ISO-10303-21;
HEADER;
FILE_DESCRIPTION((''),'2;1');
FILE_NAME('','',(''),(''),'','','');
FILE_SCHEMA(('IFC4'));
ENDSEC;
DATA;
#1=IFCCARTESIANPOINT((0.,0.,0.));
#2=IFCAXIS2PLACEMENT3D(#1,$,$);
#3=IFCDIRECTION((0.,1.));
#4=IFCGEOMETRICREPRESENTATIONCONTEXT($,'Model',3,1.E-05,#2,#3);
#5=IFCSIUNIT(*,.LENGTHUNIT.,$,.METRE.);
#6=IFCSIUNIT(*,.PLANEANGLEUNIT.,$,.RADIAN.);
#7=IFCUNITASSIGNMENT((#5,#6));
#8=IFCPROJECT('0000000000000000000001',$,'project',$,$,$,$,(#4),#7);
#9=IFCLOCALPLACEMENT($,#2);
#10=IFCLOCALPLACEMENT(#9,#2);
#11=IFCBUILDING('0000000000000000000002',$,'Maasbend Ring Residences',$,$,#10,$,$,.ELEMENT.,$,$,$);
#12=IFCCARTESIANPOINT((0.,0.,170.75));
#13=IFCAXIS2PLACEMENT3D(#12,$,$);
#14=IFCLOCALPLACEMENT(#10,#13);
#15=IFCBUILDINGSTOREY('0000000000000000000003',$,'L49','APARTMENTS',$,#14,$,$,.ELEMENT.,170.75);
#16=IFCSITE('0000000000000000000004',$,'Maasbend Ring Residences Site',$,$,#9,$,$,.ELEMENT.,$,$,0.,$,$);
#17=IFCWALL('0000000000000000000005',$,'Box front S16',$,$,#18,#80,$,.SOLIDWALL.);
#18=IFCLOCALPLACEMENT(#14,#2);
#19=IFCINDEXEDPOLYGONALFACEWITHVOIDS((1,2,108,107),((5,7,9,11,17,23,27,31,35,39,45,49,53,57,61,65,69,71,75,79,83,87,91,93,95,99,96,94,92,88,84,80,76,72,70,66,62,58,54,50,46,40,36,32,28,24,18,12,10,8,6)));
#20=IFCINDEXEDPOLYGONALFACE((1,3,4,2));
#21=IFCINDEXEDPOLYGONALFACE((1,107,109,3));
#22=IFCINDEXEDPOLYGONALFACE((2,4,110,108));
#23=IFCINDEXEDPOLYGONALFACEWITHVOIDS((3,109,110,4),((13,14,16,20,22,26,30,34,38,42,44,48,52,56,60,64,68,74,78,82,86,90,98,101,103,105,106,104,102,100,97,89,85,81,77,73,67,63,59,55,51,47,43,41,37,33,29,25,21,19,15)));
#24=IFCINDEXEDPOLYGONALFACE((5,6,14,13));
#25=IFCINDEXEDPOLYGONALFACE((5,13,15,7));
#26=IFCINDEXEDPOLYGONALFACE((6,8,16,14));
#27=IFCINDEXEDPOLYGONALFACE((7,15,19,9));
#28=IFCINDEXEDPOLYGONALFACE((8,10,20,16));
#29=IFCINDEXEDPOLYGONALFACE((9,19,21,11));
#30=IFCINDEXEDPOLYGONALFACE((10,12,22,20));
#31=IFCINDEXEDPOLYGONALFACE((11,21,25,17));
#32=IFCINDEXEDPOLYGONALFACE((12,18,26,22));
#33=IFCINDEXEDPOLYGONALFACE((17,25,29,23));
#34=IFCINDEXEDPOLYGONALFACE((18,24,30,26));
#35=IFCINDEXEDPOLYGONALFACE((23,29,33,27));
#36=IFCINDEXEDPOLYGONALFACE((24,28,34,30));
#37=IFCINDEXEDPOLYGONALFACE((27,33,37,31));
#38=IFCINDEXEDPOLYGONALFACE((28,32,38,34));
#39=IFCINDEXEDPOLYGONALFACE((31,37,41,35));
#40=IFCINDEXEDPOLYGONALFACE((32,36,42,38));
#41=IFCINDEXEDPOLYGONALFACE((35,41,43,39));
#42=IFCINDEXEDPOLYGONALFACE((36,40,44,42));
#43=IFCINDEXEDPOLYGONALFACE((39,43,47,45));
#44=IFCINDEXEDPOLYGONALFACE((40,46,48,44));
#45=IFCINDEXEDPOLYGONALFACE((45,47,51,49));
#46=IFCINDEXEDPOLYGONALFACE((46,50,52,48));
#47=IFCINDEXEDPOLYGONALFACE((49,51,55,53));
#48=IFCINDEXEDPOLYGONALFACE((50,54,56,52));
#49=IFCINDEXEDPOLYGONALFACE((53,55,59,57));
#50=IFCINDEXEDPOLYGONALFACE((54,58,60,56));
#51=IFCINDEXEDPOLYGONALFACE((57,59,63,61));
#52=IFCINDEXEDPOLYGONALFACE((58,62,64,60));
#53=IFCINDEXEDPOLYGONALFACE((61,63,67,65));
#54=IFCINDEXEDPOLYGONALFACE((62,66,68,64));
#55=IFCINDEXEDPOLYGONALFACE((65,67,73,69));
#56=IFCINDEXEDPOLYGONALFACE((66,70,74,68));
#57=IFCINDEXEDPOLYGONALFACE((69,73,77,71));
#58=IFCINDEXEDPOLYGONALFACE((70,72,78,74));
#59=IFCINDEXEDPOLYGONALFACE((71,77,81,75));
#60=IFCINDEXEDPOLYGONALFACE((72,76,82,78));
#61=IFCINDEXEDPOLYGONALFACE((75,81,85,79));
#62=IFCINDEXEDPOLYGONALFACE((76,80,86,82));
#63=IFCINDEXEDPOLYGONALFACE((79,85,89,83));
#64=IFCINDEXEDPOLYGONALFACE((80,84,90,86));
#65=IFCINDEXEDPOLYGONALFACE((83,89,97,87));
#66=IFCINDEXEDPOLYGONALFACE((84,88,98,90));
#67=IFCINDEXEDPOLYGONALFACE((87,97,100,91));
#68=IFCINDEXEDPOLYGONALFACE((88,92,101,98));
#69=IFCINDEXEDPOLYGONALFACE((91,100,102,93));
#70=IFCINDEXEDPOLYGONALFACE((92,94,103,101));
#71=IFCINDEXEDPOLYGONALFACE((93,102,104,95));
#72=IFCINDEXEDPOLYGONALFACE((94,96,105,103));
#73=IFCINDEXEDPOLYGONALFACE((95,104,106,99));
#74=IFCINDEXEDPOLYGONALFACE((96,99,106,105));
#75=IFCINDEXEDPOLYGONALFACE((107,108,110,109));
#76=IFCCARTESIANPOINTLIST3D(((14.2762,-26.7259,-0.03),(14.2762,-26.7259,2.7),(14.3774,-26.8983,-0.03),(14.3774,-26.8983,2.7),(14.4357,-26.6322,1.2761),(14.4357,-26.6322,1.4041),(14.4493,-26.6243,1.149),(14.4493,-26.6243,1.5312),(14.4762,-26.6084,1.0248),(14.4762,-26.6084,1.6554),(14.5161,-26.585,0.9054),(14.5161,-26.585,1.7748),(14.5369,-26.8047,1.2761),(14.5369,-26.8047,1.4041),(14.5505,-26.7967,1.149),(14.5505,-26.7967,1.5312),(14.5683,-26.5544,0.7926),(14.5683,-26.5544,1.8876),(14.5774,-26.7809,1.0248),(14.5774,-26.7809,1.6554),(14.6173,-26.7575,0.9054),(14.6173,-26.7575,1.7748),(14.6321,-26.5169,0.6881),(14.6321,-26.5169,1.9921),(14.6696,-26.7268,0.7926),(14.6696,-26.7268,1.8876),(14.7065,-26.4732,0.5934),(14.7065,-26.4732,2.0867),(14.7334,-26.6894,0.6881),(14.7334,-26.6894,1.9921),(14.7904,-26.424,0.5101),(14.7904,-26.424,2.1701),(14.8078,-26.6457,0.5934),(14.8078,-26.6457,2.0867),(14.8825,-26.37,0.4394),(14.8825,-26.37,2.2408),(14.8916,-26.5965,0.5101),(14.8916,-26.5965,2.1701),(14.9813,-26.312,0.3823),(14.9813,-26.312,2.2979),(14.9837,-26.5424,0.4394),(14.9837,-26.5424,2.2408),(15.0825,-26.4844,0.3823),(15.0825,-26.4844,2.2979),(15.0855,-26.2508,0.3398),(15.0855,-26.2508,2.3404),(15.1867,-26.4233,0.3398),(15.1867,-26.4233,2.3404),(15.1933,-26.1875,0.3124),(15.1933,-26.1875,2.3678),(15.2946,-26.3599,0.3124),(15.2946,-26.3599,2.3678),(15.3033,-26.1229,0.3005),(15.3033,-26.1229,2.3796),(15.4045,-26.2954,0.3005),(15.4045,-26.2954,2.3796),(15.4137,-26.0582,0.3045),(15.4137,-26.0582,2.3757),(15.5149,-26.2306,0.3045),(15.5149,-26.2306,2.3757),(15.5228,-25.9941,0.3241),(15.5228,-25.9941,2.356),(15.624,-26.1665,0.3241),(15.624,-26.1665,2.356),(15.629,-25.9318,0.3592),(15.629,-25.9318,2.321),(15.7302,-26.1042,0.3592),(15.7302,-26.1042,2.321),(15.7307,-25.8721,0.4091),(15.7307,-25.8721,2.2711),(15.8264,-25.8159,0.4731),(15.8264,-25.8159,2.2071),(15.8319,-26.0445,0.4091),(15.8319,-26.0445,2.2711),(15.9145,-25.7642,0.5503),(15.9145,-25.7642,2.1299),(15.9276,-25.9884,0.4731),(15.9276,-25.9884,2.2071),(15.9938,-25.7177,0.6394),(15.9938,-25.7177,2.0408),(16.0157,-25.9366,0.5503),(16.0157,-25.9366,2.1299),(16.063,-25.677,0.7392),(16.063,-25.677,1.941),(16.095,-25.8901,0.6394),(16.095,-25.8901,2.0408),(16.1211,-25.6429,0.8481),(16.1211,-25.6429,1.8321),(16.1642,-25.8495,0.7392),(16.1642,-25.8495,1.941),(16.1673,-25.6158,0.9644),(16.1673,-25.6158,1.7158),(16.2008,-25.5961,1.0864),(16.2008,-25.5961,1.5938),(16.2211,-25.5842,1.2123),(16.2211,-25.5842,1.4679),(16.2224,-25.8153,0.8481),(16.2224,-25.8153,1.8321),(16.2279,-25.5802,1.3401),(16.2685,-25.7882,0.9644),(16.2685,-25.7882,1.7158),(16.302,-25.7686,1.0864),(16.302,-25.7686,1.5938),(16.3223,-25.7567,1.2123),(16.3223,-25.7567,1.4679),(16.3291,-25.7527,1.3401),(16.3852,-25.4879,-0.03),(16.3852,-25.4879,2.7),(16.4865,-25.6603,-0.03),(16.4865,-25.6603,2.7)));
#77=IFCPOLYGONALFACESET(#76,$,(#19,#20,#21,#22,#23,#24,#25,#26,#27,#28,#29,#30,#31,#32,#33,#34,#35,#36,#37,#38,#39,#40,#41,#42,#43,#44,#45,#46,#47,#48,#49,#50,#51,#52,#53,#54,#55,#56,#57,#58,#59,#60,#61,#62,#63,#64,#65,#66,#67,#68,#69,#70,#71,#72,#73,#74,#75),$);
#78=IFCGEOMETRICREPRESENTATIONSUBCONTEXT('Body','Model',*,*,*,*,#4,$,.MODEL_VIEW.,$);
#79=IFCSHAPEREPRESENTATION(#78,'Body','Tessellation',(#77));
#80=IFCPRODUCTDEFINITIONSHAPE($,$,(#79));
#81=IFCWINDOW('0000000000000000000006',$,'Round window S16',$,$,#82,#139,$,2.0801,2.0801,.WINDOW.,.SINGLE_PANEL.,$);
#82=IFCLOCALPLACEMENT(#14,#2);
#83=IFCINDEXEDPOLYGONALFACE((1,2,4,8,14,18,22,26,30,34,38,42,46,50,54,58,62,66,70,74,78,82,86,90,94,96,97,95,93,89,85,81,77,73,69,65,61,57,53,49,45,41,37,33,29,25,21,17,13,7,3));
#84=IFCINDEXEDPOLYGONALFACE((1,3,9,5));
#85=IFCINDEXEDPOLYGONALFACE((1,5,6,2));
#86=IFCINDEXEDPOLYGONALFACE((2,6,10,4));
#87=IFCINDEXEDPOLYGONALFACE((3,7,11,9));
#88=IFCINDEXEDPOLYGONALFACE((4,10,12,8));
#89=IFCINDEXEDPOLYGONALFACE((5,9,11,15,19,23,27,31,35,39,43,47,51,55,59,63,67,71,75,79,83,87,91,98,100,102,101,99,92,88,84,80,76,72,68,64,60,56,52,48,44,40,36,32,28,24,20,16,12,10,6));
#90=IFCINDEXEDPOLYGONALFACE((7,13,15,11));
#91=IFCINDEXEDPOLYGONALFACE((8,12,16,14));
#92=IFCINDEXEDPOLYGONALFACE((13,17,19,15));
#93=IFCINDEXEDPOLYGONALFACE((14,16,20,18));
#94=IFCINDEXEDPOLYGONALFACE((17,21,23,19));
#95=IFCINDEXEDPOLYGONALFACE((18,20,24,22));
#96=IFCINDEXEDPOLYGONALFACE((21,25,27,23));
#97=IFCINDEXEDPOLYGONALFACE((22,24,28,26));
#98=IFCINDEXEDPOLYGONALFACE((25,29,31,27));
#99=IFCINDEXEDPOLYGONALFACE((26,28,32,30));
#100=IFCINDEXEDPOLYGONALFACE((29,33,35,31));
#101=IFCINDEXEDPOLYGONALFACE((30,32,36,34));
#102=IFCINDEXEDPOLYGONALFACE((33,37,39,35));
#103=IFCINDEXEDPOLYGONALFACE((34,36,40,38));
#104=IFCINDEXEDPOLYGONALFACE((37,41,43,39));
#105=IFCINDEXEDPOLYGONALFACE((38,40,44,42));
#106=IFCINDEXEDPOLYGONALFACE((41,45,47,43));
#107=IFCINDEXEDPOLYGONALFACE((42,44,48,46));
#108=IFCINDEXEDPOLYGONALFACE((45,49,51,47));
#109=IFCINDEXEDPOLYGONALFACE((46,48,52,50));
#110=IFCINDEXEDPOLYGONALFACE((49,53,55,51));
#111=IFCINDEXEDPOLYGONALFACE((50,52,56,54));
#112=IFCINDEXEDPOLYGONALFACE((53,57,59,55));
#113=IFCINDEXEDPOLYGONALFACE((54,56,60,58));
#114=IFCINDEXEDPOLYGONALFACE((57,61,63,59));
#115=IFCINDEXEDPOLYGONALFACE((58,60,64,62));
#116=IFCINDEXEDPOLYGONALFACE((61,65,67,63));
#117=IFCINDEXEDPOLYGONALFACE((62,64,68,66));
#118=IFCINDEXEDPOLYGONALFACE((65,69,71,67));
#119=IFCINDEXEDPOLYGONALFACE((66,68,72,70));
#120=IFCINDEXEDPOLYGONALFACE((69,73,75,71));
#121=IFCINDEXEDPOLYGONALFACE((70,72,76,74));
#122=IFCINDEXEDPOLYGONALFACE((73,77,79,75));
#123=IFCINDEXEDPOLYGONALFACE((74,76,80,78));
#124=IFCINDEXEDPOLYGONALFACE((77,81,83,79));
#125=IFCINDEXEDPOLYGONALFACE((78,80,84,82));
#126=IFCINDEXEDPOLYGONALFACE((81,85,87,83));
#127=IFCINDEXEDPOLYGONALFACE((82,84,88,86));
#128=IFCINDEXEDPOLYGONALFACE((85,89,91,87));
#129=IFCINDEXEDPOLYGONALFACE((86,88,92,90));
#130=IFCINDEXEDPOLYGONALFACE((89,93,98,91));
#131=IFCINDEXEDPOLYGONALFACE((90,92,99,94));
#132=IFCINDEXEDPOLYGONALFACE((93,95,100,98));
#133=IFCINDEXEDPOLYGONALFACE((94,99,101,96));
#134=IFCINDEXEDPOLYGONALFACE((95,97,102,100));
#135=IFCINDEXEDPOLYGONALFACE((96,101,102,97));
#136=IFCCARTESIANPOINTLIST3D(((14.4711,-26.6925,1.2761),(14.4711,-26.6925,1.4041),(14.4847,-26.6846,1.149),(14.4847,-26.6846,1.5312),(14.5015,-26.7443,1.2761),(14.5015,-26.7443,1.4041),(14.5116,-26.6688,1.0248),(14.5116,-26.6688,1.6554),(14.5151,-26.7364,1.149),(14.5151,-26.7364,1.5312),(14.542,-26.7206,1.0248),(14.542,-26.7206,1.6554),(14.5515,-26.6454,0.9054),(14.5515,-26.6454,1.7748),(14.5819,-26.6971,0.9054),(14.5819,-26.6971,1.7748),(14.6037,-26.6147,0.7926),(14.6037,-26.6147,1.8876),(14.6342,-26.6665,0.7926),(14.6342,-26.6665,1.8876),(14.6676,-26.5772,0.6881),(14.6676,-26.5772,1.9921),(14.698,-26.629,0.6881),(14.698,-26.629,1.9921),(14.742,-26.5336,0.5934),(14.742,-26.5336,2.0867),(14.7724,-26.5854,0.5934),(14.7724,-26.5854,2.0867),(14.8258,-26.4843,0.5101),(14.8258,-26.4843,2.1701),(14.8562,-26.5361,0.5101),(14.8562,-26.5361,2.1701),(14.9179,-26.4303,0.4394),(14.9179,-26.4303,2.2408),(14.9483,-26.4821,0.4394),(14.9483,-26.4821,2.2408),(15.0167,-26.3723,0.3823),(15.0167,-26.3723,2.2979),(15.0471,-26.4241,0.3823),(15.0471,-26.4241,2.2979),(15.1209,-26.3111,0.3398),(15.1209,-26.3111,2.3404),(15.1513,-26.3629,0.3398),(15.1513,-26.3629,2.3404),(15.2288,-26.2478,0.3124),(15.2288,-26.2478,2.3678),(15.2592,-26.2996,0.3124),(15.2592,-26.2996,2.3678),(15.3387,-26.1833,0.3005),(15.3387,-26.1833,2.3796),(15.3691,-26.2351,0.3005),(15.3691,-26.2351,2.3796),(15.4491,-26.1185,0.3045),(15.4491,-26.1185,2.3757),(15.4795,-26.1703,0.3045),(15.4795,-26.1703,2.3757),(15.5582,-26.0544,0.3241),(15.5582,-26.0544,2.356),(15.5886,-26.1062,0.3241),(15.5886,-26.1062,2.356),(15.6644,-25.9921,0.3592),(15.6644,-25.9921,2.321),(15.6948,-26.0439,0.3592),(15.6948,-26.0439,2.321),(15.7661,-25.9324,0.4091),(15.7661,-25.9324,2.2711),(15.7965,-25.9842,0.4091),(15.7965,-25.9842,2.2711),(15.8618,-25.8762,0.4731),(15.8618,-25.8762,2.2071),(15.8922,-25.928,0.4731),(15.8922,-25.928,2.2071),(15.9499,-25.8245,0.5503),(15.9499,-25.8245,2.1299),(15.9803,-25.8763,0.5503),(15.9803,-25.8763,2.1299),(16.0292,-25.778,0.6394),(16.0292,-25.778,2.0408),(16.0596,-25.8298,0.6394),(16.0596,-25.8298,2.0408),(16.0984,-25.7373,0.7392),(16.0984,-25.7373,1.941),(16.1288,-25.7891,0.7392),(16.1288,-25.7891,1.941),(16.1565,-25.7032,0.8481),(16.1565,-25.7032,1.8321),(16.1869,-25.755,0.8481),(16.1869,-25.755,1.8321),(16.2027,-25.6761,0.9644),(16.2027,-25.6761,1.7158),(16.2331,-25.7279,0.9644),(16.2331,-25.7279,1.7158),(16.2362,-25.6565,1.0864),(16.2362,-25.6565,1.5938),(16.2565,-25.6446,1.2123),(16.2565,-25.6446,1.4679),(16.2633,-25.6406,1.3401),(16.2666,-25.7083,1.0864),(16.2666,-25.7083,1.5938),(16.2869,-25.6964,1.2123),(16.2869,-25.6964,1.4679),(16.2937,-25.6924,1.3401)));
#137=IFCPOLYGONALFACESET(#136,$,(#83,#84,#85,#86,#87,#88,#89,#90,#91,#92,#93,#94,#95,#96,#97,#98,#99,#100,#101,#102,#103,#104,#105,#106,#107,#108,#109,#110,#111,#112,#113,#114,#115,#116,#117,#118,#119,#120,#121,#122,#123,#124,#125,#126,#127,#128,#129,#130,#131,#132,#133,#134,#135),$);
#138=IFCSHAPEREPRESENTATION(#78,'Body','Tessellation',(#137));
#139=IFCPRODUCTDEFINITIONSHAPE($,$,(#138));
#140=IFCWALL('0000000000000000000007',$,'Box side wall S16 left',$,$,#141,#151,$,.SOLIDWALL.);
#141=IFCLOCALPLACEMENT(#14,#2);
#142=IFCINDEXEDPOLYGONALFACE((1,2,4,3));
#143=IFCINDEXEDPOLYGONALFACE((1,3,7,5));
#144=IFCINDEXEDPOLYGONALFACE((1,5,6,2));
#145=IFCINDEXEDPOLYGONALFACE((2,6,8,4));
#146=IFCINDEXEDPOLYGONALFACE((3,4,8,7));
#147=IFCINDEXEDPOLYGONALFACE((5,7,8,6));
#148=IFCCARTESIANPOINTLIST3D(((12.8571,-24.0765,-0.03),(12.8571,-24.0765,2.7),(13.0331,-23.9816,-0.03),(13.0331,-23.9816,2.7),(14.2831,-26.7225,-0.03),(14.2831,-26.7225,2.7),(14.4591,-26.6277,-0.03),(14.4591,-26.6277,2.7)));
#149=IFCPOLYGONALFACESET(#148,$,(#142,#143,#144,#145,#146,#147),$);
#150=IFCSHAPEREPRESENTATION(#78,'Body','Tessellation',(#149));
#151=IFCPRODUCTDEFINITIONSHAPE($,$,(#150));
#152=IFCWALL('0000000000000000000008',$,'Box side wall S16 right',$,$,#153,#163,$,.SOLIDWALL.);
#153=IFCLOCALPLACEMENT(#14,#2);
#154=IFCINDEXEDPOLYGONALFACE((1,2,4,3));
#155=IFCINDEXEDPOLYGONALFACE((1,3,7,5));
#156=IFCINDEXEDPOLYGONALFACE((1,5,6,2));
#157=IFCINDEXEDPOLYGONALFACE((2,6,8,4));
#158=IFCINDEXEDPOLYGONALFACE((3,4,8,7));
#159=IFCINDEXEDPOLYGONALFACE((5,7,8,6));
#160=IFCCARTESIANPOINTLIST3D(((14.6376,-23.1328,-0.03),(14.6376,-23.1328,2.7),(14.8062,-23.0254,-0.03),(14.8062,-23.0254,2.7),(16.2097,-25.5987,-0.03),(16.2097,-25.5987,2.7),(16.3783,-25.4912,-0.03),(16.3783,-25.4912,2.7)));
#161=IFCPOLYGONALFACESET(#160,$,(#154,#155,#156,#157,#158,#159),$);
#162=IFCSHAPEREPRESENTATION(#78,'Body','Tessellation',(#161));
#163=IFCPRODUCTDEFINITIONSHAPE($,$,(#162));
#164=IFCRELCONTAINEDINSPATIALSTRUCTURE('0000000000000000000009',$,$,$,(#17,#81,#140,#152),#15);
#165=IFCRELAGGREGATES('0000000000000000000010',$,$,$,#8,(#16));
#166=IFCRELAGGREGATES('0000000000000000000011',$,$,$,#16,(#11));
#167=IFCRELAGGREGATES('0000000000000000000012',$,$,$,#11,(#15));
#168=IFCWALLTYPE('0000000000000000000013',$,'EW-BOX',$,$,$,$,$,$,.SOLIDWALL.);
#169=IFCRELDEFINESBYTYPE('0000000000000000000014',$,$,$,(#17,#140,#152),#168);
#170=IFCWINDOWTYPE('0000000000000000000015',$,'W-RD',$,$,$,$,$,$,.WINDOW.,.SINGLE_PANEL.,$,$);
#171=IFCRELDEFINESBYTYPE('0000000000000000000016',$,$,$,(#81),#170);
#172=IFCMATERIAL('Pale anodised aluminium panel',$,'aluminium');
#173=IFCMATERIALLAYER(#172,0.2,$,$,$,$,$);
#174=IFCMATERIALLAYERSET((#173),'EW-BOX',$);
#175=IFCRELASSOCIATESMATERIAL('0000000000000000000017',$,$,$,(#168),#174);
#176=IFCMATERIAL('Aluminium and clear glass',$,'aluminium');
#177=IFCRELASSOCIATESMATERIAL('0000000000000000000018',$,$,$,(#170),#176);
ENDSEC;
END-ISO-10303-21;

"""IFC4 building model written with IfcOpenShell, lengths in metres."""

from ifc_helpers import new_model, si_unit, direction, frame, frame_2d, origin, place, context, subcontext, project, spatial, rectangle, circle, extrude, material, layer, layer_set, type_object, element, fill, save


model = new_model("IFC4")

# Units and contexts
model_context = context("Model", 3, precision=1e-05, world=origin(), true_north=direction((0.0, 1.0)))
body_context = subcontext(model_context, "Body", "Model", "MODEL_VIEW")
ifc_project = project(units=[si_unit("LENGTHUNIT", "METRE"), si_unit("PLANEANGLEUNIT", "RADIAN")], contexts=[model_context])

# Site, building, storey
site_placement = place(None, origin())
site = spatial("IfcSite", under=ifc_project, at=site_placement, Name="Maasbend Ring Residences Site", CompositionType="ELEMENT", RefElevation=0.0)
building_placement = place(site_placement, origin())
building = spatial("IfcBuilding", under=site, at=building_placement, Name="Maasbend Ring Residences", CompositionType="ELEMENT")
storey_placement = place(building_placement, frame((0.0, 0.0, 170.75)))
storey = spatial("IfcBuildingStorey", under=building, at=storey_placement, Name="L49", Description="APARTMENTS", CompositionType="ELEMENT", Elevation=170.75)

# Wall, opening, window
ifc_material_1 = material(Name="Pale anodised aluminium panel", Category="aluminium")
ifc_layer_1 = layer(ifc_material_1, 0.2)
ifc_layer_set_1 = layer_set([ifc_layer_1], Name="EW-BOX")
wall_type_1 = type_object("IfcWallType", Name="EW-BOX", PredefinedType="SOLIDWALL", material=ifc_layer_set_1)
wall_1_placement = place(storey_placement, frame((14.3269, -26.812, -0.03), z_axis=(0.0, 0.0, 1.0), x_axis=(0.862403, 0.506222, 0.0)))
wall_1 = element("IfcWall", 1, at=wall_1_placement, inside=storey, type_object=wall_type_1, Name="Box front S16", PredefinedType="SOLIDWALL", context=body_context, shape_type="SweptSolid", body=[
    extrude(rectangle(XDim=2.4456, YDim=0.2, at=frame_2d((1.2227, 0.0))), origin(), (0.0, 0.0, 1.0), 2.73),
])
opening_1_placement = place(wall_1_placement, frame((0.1829, 0.0, 0.3301)))
opening_1 = element("IfcOpeningElement", 2, at=opening_1_placement, cuts=wall_1, PredefinedType="OPENING", context=body_context, shape_type="SweptSolid", body=[
    extrude(circle(Radius=1.04, at=frame_2d((1.04, 1.04))), frame((0.0, 0.1099, 0.0), z_axis=(0.0, -1.0, 0.0), x_axis=(1.0, 0.0, 0.0)), (0.0, 0.0, 1.0), 0.22),
])
ifc_material_2 = material(Name="Aluminium and clear glass", Category="aluminium")
window_type_1 = type_object("IfcWindowType", Name="W-RD", PartitioningType="SINGLE_PANEL", PredefinedType="WINDOW", material=ifc_material_2)
window_1_placement = place(opening_1_placement, origin())
window_1 = element("IfcWindow", 3, at=window_1_placement, inside=storey, type_object=window_type_1, Name="Round window S16", OverallHeight=2.0801, OverallWidth=2.0801, PartitioningType="SINGLE_PANEL", PredefinedType="WINDOW", context=body_context, shape_type="SweptSolid", body=[
    extrude(circle(Radius=1.04, at=frame_2d((1.04, 1.04))), frame((0.0, 0.03, 0.0), z_axis=(0.0, -1.0, 0.0), x_axis=(1.0, 0.0, 0.0)), (0.0, 0.0, 1.0), 0.0601),
])
fill(opening_1, window_1)

# Walls
wall_2_placement = place(storey_placement, frame((12.9451, -24.0291, -0.03), z_axis=(0.0, 0.0, 1.0), x_axis=(0.474424, -0.880296, 0.0)))
element("IfcWall", 4, at=wall_2_placement, inside=storey, type_object=wall_type_1, Name="Box side wall S16 left", PredefinedType="SOLIDWALL", context=body_context, shape_type="SweptSolid", body=[
    extrude(rectangle(XDim=3.0059, YDim=0.2, at=frame_2d((1.5029, 0.0))), origin(), (0.0, 0.0, 1.0), 2.73),
])
wall_3_placement = place(storey_placement, frame((14.7219, -23.0791, -0.03), z_axis=(0.0, 0.0, 1.0), x_axis=(0.537572, -0.843218, 0.0)))
element("IfcWall", 5, at=wall_3_placement, inside=storey, type_object=wall_type_1, Name="Box side wall S16 right", PredefinedType="SOLIDWALL", context=body_context, shape_type="SweptSolid", body=[
    extrude(rectangle(XDim=2.9243, YDim=0.2, at=frame_2d((1.4622, 0.0))), origin(), (0.0, 0.0, 1.0), 2.73),
])

save(model, "model.ifc")
